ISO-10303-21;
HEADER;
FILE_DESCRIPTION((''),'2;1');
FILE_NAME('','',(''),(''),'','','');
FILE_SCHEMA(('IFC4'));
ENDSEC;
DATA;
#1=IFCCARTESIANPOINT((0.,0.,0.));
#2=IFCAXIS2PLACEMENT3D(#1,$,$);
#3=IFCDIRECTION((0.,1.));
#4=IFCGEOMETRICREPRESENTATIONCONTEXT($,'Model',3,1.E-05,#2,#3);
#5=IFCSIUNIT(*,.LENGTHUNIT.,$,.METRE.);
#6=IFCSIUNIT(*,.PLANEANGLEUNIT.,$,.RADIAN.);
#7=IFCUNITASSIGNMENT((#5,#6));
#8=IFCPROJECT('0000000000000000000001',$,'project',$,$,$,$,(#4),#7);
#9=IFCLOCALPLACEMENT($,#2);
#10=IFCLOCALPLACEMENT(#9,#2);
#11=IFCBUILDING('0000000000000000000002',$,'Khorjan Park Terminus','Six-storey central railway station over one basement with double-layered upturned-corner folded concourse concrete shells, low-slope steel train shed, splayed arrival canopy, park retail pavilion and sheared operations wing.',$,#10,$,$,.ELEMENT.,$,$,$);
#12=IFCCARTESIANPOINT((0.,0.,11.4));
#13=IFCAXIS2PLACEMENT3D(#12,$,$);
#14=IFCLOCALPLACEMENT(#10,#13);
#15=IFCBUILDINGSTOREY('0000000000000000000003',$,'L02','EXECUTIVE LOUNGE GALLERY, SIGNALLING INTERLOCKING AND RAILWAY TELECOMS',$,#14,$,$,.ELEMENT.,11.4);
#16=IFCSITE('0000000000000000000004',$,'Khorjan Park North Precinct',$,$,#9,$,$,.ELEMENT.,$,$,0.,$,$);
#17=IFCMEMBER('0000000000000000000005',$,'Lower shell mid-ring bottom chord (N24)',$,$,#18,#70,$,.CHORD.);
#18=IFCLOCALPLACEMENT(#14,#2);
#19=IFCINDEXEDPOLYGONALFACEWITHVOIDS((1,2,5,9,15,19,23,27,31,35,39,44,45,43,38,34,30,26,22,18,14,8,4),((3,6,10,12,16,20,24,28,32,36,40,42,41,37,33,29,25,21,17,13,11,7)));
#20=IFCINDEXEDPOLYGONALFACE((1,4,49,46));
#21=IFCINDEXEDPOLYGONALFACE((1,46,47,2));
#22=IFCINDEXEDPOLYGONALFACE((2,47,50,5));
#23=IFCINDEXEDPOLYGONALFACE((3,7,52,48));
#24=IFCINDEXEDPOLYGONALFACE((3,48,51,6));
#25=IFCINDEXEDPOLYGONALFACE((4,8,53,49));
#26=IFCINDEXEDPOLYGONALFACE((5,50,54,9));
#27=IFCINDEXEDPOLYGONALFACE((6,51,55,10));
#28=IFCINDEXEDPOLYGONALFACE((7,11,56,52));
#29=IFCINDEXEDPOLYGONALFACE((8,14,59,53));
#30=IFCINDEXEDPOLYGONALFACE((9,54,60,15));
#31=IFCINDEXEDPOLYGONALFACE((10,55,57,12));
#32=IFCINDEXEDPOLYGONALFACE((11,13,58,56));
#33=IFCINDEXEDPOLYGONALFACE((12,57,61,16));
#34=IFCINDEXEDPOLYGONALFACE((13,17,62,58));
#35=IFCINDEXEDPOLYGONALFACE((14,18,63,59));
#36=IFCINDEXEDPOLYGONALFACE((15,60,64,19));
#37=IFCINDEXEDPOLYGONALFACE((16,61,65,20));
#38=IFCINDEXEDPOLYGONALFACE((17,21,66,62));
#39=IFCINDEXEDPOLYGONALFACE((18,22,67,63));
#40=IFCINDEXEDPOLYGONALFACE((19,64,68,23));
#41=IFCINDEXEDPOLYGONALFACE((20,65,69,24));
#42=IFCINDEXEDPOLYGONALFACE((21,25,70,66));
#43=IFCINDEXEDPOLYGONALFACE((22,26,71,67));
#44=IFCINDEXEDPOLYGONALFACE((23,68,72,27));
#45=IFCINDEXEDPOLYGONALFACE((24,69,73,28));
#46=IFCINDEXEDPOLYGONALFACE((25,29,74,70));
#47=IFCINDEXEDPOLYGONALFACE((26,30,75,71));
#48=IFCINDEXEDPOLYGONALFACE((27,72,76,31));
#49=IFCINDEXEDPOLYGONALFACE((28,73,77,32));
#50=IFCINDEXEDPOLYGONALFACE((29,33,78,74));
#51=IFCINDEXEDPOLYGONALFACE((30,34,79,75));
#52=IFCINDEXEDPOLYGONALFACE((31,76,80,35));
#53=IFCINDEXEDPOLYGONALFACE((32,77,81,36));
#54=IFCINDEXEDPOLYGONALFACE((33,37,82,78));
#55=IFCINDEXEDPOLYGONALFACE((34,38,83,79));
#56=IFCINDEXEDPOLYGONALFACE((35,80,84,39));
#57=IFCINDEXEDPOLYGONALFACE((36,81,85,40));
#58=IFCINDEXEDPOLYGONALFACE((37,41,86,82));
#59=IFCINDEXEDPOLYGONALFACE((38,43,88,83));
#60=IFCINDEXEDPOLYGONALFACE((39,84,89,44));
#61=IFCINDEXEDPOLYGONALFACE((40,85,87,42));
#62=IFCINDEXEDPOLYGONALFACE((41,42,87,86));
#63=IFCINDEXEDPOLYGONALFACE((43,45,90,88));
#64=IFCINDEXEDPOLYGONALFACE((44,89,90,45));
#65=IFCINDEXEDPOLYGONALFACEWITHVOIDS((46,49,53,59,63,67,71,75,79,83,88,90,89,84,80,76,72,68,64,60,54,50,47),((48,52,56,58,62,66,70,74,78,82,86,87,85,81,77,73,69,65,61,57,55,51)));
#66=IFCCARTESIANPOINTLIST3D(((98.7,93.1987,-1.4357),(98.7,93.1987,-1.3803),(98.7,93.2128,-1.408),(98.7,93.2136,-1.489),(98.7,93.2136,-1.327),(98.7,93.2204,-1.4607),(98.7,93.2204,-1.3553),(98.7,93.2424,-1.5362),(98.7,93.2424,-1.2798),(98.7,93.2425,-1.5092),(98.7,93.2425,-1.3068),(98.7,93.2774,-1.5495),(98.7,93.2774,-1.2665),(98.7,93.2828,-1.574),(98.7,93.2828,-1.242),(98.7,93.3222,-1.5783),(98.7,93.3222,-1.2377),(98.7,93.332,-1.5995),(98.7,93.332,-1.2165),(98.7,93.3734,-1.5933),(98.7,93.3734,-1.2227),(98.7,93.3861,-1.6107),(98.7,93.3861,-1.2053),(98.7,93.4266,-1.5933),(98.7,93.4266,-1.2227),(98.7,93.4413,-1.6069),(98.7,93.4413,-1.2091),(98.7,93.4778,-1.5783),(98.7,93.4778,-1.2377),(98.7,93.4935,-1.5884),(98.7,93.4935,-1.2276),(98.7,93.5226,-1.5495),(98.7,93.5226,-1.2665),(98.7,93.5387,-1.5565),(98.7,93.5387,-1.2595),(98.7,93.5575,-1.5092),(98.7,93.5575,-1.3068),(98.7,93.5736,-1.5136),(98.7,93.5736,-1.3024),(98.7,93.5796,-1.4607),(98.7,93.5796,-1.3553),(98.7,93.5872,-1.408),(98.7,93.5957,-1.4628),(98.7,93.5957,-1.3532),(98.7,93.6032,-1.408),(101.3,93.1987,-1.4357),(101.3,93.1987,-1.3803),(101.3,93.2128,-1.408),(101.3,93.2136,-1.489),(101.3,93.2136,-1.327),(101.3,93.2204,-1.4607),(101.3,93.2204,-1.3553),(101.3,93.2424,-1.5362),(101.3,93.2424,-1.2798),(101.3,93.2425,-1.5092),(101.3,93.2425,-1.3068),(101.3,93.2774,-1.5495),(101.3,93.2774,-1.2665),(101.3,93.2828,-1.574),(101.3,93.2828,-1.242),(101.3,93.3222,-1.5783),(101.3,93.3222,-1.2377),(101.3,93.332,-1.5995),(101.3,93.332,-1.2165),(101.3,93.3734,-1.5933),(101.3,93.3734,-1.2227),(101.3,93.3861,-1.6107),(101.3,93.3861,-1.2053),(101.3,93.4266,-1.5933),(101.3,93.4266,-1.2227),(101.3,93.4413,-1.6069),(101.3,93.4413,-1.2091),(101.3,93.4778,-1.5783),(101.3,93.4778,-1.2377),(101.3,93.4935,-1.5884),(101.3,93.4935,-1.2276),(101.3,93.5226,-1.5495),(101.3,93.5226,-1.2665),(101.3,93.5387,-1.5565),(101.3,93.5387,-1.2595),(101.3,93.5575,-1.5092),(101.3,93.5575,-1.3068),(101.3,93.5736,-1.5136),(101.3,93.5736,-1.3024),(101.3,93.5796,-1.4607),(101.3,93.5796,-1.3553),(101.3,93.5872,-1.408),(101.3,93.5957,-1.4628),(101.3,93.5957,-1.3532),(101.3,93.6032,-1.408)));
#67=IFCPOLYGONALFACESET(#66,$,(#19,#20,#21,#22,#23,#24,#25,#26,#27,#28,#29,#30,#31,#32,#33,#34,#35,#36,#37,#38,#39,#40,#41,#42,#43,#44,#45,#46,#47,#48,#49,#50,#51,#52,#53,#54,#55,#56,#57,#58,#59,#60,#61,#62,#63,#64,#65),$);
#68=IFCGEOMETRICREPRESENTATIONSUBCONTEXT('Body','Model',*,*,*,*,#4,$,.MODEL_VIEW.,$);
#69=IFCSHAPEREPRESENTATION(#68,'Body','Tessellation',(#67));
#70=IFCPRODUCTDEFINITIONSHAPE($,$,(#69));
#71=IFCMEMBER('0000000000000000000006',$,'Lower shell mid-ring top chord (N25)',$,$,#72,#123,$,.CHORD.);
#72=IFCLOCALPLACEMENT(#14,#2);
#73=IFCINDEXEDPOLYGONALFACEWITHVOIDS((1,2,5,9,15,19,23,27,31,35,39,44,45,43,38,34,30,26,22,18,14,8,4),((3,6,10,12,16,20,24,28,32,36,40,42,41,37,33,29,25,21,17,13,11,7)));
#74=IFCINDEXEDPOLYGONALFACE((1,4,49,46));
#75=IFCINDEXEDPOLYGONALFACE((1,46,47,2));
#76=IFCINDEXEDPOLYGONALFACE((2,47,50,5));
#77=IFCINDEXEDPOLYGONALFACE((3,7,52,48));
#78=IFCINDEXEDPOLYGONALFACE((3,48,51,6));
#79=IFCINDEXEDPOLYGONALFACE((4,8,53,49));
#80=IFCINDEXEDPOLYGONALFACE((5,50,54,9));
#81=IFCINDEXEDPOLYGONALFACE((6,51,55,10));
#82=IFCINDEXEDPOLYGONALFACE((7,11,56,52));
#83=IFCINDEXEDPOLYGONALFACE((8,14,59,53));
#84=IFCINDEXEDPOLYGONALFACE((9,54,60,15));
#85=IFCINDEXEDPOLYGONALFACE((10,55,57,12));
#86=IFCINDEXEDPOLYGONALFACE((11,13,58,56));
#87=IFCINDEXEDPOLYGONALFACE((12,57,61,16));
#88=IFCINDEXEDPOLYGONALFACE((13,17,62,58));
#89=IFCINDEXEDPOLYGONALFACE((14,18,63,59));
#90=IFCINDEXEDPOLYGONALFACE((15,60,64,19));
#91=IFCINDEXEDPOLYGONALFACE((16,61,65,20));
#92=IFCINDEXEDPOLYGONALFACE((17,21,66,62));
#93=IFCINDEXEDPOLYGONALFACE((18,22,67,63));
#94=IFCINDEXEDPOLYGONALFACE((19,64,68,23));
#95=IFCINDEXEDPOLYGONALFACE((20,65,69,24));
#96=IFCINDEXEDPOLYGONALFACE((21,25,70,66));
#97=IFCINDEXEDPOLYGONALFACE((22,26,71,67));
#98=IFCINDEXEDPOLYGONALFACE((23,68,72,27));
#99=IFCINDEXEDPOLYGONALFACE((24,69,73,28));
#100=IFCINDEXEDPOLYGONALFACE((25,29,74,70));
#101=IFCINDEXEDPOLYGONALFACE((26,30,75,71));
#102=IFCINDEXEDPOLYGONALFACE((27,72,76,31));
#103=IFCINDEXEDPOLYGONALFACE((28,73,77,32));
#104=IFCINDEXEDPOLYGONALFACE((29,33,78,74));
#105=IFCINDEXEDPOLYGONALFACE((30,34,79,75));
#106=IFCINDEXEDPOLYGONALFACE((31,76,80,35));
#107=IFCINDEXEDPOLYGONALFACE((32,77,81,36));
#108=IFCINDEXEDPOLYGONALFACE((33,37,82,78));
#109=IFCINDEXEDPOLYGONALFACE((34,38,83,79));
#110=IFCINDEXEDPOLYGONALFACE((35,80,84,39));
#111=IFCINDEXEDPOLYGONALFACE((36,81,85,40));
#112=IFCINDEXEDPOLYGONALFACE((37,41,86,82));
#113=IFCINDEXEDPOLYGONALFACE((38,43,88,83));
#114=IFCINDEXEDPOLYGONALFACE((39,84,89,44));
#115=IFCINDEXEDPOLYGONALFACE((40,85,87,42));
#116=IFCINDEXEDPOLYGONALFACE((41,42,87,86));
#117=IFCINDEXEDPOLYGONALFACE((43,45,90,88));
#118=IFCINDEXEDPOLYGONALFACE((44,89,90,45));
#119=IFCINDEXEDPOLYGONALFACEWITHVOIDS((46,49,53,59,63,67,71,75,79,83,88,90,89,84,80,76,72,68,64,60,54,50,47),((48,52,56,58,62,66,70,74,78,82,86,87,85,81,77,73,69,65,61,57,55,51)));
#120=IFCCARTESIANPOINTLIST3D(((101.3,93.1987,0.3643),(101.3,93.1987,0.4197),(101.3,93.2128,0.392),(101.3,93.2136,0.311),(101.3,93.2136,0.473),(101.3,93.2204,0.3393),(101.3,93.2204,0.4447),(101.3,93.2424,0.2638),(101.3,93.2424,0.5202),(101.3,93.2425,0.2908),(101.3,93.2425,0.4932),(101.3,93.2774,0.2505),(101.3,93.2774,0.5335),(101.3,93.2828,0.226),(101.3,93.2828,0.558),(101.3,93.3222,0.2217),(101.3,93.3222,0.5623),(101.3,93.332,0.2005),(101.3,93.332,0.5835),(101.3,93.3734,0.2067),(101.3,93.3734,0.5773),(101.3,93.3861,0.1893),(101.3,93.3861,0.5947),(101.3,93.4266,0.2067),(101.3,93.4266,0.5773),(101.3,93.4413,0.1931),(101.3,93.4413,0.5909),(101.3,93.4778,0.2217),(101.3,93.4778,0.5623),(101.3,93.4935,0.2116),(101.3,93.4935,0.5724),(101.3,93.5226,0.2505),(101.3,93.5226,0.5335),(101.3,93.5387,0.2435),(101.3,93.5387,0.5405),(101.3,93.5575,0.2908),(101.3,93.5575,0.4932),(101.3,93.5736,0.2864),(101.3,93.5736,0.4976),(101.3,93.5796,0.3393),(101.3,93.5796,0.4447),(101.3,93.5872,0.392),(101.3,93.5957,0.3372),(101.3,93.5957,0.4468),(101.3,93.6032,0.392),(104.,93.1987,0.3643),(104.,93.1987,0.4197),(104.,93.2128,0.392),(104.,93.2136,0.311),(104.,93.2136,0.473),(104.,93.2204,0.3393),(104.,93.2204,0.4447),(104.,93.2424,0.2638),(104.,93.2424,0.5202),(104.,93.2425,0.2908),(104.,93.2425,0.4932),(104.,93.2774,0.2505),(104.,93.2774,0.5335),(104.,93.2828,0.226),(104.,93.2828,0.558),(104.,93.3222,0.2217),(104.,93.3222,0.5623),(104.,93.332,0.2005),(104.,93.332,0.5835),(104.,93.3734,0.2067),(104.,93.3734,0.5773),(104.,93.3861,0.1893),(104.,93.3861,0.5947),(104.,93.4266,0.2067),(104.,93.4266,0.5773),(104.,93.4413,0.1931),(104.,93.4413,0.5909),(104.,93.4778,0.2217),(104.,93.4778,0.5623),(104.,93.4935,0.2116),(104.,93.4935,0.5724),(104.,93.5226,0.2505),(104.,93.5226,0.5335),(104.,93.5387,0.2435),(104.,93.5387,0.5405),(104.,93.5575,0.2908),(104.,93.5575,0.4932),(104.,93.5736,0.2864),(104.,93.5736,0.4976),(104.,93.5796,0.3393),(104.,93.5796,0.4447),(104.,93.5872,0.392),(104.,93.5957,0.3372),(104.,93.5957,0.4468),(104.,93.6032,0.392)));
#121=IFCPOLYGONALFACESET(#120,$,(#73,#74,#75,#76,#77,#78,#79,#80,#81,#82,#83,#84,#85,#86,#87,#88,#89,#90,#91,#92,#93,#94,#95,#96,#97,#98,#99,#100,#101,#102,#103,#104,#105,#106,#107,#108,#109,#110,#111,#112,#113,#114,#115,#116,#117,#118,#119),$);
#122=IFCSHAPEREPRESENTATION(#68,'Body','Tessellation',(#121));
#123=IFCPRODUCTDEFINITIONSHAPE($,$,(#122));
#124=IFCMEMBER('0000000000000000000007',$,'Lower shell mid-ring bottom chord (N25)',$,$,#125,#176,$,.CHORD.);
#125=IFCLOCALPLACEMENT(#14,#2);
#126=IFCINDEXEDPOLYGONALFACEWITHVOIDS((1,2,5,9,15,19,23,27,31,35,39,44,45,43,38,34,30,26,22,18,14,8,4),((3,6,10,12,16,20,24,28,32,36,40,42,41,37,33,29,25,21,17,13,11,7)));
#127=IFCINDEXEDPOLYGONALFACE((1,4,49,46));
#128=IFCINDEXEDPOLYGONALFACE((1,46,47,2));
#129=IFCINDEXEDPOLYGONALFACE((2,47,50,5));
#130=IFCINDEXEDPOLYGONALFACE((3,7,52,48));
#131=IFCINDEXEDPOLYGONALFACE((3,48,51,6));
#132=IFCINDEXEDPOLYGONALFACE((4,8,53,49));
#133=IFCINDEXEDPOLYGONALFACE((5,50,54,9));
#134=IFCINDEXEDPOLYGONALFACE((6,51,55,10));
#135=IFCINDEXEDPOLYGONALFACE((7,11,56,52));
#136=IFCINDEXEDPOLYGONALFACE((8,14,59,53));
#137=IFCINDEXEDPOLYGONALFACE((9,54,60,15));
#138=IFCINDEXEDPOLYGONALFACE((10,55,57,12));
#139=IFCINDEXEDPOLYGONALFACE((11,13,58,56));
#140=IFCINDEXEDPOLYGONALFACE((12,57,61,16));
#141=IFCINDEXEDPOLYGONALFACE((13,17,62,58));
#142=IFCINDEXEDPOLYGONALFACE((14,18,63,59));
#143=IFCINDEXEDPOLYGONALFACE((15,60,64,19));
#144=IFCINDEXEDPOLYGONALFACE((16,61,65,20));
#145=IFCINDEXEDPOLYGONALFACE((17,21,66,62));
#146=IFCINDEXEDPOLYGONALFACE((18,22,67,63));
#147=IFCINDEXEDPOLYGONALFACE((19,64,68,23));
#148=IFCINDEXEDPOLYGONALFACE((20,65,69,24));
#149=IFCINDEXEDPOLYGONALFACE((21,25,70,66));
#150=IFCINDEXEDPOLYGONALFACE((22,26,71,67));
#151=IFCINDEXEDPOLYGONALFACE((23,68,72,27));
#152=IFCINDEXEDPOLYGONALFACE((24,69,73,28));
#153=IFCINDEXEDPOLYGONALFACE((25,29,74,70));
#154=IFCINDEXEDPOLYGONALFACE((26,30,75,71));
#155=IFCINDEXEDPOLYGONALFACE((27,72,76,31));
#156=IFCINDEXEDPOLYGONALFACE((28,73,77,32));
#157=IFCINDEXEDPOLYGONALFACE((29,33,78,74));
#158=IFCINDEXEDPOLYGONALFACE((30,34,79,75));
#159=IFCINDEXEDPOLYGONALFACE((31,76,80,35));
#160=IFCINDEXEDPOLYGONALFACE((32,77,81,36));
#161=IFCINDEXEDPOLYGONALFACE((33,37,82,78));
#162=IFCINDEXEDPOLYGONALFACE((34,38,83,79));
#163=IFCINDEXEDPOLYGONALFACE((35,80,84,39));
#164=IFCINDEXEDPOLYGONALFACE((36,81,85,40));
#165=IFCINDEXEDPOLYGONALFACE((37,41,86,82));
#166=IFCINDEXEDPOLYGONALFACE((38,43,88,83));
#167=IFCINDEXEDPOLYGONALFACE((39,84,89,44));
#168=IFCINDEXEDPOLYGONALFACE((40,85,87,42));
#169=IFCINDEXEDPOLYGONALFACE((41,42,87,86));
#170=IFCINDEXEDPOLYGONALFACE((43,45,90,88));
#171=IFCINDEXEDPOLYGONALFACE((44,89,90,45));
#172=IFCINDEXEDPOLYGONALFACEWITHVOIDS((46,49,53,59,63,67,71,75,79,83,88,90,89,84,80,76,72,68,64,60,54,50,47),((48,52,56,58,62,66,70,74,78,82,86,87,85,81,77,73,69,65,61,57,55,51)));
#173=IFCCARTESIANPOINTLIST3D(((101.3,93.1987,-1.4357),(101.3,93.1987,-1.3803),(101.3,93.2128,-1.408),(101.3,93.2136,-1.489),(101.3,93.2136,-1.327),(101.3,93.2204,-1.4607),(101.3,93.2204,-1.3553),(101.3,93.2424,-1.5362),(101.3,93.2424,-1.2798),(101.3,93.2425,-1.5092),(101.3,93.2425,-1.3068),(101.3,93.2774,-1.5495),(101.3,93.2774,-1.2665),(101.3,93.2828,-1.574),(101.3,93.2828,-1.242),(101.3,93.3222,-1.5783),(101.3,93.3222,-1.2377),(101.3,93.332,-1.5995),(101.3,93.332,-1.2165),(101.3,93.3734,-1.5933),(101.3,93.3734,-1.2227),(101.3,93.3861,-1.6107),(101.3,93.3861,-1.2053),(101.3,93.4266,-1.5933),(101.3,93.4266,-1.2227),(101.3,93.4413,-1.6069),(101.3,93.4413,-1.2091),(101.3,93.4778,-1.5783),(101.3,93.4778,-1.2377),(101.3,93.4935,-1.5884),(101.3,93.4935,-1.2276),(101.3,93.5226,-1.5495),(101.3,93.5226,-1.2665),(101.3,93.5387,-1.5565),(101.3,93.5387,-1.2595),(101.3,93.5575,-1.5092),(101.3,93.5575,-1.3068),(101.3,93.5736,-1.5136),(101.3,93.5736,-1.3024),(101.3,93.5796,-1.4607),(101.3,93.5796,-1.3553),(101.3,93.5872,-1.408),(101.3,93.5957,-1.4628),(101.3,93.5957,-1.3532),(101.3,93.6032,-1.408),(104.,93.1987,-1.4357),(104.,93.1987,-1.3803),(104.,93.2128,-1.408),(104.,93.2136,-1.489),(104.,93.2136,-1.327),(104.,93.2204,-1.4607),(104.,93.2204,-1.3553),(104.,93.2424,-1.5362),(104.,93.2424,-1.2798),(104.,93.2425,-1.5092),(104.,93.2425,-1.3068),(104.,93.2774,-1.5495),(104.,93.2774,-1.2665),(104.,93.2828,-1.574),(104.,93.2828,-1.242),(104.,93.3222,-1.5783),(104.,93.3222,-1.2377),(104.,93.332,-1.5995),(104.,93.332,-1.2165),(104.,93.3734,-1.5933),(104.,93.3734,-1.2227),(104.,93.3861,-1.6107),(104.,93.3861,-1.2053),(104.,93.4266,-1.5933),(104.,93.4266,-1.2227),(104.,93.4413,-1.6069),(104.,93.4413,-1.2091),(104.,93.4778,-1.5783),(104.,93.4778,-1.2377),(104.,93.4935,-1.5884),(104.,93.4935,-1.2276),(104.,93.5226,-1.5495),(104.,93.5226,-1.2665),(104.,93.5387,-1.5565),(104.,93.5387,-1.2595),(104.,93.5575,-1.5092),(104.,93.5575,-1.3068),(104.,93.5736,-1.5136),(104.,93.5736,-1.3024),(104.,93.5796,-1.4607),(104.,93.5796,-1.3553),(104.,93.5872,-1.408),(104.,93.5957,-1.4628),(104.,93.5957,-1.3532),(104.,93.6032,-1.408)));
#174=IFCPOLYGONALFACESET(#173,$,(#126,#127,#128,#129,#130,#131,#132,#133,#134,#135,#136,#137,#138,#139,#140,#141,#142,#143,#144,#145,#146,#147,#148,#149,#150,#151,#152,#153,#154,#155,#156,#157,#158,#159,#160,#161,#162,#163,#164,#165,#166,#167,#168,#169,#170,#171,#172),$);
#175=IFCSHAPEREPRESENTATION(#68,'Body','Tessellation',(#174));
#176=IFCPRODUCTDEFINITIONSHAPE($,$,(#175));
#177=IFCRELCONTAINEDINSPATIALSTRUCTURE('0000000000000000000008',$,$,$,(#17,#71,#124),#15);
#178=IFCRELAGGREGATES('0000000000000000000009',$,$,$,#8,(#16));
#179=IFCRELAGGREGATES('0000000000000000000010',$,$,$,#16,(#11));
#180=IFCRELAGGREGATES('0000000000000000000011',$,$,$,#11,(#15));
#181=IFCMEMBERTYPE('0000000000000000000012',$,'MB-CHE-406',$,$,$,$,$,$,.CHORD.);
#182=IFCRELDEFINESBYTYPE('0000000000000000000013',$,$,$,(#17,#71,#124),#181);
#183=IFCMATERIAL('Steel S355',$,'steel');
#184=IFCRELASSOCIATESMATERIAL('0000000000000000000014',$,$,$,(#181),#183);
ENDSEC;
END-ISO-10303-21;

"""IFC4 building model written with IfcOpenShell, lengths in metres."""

from ifc_helpers import new_model, si_unit, direction, frame, origin, origin_2d, place, context, subcontext, project, spatial, hollow_circle, extrude, material, material_profile, profile_set, type_object, element, save


model = new_model("IFC4")

# Units and contexts
model_context = context("Model", 3, precision=1e-05, world=origin(), true_north=direction((0.0, 1.0)))
body_context = subcontext(model_context, "Body", "Model", "MODEL_VIEW")
ifc_project = project(units=[si_unit("LENGTHUNIT", "METRE"), si_unit("PLANEANGLEUNIT", "RADIAN")], contexts=[model_context])

# Site, building, storey
site_placement = place(None, origin())
site = spatial("IfcSite", under=ifc_project, at=site_placement, Name="Khorjan Park North Precinct", CompositionType="ELEMENT", RefElevation=0.0)
building_placement = place(site_placement, origin())
building = spatial("IfcBuilding", under=site, at=building_placement, Name="Khorjan Park Terminus", Description="Six-storey central railway station over one basement with double-layered upturned-corner folded concourse concrete shells, low-slope steel train shed, splayed arrival canopy, park retail pavilion and sheared operations wing.", CompositionType="ELEMENT")
storey_placement = place(building_placement, frame((0.0, 0.0, 11.4)))
storey = spatial("IfcBuildingStorey", under=building, at=storey_placement, Name="L02", Description="EXECUTIVE LOUNGE GALLERY, SIGNALLING INTERLOCKING AND RAILWAY TELECOMS", CompositionType="ELEMENT", Elevation=11.4)

# Members
ifc_material_1 = material(Name="Steel S355", Category="steel")
ifc_material_profile_1 = material_profile(ifc_material_1, hollow_circle(Radius=0.2032, WallThickness=0.016, at=origin_2d()), Name="CHS 406.4x16")
ifc_profile_set_1 = profile_set([ifc_material_profile_1], Name="Steel S355")
member_type_1 = type_object("IfcMemberType", Name="MB-CHE-406", PredefinedType="CHORD", material=ifc_profile_set_1)
for number, where, z_axis, x_axis, name in (
    (1, (98.7, 93.4, -1.408), (1.0, 0.0, 0.0), (0.0, 1.0, 0.0), "Lower shell mid-ring bottom chord (N24)"),
):
    element("IfcMember", number, at=place(storey_placement, frame(where, z_axis=z_axis, x_axis=x_axis)), inside=storey, type_object=member_type_1, Name=name, PredefinedType="CHORD", context=body_context, shape_type="SweptSolid", body=[
        extrude(hollow_circle(Radius=0.2032, WallThickness=0.016, at=origin_2d()), origin(), (0.0, 0.0, 1.0), 2.6),
    ])
for number, where, z_axis, x_axis, name in (
    (2, (101.3, 93.4, 0.392), (1.0, 0.0, 0.0), (0.0, 1.0, 0.0), "Lower shell mid-ring top chord (N25)"),
    (3, (101.3, 93.4, -1.408), (1.0, 0.0, 0.0), (0.0, 1.0, 0.0), "Lower shell mid-ring bottom chord (N25)"),
):
    element("IfcMember", number, at=place(storey_placement, frame(where, z_axis=z_axis, x_axis=x_axis)), inside=storey, type_object=member_type_1, Name=name, PredefinedType="CHORD", context=body_context, shape_type="SweptSolid", body=[
        extrude(hollow_circle(Radius=0.2032, WallThickness=0.016, at=origin_2d()), origin(), (0.0, 0.0, 1.0), 2.7),
    ])

save(model, "model.ifc")
